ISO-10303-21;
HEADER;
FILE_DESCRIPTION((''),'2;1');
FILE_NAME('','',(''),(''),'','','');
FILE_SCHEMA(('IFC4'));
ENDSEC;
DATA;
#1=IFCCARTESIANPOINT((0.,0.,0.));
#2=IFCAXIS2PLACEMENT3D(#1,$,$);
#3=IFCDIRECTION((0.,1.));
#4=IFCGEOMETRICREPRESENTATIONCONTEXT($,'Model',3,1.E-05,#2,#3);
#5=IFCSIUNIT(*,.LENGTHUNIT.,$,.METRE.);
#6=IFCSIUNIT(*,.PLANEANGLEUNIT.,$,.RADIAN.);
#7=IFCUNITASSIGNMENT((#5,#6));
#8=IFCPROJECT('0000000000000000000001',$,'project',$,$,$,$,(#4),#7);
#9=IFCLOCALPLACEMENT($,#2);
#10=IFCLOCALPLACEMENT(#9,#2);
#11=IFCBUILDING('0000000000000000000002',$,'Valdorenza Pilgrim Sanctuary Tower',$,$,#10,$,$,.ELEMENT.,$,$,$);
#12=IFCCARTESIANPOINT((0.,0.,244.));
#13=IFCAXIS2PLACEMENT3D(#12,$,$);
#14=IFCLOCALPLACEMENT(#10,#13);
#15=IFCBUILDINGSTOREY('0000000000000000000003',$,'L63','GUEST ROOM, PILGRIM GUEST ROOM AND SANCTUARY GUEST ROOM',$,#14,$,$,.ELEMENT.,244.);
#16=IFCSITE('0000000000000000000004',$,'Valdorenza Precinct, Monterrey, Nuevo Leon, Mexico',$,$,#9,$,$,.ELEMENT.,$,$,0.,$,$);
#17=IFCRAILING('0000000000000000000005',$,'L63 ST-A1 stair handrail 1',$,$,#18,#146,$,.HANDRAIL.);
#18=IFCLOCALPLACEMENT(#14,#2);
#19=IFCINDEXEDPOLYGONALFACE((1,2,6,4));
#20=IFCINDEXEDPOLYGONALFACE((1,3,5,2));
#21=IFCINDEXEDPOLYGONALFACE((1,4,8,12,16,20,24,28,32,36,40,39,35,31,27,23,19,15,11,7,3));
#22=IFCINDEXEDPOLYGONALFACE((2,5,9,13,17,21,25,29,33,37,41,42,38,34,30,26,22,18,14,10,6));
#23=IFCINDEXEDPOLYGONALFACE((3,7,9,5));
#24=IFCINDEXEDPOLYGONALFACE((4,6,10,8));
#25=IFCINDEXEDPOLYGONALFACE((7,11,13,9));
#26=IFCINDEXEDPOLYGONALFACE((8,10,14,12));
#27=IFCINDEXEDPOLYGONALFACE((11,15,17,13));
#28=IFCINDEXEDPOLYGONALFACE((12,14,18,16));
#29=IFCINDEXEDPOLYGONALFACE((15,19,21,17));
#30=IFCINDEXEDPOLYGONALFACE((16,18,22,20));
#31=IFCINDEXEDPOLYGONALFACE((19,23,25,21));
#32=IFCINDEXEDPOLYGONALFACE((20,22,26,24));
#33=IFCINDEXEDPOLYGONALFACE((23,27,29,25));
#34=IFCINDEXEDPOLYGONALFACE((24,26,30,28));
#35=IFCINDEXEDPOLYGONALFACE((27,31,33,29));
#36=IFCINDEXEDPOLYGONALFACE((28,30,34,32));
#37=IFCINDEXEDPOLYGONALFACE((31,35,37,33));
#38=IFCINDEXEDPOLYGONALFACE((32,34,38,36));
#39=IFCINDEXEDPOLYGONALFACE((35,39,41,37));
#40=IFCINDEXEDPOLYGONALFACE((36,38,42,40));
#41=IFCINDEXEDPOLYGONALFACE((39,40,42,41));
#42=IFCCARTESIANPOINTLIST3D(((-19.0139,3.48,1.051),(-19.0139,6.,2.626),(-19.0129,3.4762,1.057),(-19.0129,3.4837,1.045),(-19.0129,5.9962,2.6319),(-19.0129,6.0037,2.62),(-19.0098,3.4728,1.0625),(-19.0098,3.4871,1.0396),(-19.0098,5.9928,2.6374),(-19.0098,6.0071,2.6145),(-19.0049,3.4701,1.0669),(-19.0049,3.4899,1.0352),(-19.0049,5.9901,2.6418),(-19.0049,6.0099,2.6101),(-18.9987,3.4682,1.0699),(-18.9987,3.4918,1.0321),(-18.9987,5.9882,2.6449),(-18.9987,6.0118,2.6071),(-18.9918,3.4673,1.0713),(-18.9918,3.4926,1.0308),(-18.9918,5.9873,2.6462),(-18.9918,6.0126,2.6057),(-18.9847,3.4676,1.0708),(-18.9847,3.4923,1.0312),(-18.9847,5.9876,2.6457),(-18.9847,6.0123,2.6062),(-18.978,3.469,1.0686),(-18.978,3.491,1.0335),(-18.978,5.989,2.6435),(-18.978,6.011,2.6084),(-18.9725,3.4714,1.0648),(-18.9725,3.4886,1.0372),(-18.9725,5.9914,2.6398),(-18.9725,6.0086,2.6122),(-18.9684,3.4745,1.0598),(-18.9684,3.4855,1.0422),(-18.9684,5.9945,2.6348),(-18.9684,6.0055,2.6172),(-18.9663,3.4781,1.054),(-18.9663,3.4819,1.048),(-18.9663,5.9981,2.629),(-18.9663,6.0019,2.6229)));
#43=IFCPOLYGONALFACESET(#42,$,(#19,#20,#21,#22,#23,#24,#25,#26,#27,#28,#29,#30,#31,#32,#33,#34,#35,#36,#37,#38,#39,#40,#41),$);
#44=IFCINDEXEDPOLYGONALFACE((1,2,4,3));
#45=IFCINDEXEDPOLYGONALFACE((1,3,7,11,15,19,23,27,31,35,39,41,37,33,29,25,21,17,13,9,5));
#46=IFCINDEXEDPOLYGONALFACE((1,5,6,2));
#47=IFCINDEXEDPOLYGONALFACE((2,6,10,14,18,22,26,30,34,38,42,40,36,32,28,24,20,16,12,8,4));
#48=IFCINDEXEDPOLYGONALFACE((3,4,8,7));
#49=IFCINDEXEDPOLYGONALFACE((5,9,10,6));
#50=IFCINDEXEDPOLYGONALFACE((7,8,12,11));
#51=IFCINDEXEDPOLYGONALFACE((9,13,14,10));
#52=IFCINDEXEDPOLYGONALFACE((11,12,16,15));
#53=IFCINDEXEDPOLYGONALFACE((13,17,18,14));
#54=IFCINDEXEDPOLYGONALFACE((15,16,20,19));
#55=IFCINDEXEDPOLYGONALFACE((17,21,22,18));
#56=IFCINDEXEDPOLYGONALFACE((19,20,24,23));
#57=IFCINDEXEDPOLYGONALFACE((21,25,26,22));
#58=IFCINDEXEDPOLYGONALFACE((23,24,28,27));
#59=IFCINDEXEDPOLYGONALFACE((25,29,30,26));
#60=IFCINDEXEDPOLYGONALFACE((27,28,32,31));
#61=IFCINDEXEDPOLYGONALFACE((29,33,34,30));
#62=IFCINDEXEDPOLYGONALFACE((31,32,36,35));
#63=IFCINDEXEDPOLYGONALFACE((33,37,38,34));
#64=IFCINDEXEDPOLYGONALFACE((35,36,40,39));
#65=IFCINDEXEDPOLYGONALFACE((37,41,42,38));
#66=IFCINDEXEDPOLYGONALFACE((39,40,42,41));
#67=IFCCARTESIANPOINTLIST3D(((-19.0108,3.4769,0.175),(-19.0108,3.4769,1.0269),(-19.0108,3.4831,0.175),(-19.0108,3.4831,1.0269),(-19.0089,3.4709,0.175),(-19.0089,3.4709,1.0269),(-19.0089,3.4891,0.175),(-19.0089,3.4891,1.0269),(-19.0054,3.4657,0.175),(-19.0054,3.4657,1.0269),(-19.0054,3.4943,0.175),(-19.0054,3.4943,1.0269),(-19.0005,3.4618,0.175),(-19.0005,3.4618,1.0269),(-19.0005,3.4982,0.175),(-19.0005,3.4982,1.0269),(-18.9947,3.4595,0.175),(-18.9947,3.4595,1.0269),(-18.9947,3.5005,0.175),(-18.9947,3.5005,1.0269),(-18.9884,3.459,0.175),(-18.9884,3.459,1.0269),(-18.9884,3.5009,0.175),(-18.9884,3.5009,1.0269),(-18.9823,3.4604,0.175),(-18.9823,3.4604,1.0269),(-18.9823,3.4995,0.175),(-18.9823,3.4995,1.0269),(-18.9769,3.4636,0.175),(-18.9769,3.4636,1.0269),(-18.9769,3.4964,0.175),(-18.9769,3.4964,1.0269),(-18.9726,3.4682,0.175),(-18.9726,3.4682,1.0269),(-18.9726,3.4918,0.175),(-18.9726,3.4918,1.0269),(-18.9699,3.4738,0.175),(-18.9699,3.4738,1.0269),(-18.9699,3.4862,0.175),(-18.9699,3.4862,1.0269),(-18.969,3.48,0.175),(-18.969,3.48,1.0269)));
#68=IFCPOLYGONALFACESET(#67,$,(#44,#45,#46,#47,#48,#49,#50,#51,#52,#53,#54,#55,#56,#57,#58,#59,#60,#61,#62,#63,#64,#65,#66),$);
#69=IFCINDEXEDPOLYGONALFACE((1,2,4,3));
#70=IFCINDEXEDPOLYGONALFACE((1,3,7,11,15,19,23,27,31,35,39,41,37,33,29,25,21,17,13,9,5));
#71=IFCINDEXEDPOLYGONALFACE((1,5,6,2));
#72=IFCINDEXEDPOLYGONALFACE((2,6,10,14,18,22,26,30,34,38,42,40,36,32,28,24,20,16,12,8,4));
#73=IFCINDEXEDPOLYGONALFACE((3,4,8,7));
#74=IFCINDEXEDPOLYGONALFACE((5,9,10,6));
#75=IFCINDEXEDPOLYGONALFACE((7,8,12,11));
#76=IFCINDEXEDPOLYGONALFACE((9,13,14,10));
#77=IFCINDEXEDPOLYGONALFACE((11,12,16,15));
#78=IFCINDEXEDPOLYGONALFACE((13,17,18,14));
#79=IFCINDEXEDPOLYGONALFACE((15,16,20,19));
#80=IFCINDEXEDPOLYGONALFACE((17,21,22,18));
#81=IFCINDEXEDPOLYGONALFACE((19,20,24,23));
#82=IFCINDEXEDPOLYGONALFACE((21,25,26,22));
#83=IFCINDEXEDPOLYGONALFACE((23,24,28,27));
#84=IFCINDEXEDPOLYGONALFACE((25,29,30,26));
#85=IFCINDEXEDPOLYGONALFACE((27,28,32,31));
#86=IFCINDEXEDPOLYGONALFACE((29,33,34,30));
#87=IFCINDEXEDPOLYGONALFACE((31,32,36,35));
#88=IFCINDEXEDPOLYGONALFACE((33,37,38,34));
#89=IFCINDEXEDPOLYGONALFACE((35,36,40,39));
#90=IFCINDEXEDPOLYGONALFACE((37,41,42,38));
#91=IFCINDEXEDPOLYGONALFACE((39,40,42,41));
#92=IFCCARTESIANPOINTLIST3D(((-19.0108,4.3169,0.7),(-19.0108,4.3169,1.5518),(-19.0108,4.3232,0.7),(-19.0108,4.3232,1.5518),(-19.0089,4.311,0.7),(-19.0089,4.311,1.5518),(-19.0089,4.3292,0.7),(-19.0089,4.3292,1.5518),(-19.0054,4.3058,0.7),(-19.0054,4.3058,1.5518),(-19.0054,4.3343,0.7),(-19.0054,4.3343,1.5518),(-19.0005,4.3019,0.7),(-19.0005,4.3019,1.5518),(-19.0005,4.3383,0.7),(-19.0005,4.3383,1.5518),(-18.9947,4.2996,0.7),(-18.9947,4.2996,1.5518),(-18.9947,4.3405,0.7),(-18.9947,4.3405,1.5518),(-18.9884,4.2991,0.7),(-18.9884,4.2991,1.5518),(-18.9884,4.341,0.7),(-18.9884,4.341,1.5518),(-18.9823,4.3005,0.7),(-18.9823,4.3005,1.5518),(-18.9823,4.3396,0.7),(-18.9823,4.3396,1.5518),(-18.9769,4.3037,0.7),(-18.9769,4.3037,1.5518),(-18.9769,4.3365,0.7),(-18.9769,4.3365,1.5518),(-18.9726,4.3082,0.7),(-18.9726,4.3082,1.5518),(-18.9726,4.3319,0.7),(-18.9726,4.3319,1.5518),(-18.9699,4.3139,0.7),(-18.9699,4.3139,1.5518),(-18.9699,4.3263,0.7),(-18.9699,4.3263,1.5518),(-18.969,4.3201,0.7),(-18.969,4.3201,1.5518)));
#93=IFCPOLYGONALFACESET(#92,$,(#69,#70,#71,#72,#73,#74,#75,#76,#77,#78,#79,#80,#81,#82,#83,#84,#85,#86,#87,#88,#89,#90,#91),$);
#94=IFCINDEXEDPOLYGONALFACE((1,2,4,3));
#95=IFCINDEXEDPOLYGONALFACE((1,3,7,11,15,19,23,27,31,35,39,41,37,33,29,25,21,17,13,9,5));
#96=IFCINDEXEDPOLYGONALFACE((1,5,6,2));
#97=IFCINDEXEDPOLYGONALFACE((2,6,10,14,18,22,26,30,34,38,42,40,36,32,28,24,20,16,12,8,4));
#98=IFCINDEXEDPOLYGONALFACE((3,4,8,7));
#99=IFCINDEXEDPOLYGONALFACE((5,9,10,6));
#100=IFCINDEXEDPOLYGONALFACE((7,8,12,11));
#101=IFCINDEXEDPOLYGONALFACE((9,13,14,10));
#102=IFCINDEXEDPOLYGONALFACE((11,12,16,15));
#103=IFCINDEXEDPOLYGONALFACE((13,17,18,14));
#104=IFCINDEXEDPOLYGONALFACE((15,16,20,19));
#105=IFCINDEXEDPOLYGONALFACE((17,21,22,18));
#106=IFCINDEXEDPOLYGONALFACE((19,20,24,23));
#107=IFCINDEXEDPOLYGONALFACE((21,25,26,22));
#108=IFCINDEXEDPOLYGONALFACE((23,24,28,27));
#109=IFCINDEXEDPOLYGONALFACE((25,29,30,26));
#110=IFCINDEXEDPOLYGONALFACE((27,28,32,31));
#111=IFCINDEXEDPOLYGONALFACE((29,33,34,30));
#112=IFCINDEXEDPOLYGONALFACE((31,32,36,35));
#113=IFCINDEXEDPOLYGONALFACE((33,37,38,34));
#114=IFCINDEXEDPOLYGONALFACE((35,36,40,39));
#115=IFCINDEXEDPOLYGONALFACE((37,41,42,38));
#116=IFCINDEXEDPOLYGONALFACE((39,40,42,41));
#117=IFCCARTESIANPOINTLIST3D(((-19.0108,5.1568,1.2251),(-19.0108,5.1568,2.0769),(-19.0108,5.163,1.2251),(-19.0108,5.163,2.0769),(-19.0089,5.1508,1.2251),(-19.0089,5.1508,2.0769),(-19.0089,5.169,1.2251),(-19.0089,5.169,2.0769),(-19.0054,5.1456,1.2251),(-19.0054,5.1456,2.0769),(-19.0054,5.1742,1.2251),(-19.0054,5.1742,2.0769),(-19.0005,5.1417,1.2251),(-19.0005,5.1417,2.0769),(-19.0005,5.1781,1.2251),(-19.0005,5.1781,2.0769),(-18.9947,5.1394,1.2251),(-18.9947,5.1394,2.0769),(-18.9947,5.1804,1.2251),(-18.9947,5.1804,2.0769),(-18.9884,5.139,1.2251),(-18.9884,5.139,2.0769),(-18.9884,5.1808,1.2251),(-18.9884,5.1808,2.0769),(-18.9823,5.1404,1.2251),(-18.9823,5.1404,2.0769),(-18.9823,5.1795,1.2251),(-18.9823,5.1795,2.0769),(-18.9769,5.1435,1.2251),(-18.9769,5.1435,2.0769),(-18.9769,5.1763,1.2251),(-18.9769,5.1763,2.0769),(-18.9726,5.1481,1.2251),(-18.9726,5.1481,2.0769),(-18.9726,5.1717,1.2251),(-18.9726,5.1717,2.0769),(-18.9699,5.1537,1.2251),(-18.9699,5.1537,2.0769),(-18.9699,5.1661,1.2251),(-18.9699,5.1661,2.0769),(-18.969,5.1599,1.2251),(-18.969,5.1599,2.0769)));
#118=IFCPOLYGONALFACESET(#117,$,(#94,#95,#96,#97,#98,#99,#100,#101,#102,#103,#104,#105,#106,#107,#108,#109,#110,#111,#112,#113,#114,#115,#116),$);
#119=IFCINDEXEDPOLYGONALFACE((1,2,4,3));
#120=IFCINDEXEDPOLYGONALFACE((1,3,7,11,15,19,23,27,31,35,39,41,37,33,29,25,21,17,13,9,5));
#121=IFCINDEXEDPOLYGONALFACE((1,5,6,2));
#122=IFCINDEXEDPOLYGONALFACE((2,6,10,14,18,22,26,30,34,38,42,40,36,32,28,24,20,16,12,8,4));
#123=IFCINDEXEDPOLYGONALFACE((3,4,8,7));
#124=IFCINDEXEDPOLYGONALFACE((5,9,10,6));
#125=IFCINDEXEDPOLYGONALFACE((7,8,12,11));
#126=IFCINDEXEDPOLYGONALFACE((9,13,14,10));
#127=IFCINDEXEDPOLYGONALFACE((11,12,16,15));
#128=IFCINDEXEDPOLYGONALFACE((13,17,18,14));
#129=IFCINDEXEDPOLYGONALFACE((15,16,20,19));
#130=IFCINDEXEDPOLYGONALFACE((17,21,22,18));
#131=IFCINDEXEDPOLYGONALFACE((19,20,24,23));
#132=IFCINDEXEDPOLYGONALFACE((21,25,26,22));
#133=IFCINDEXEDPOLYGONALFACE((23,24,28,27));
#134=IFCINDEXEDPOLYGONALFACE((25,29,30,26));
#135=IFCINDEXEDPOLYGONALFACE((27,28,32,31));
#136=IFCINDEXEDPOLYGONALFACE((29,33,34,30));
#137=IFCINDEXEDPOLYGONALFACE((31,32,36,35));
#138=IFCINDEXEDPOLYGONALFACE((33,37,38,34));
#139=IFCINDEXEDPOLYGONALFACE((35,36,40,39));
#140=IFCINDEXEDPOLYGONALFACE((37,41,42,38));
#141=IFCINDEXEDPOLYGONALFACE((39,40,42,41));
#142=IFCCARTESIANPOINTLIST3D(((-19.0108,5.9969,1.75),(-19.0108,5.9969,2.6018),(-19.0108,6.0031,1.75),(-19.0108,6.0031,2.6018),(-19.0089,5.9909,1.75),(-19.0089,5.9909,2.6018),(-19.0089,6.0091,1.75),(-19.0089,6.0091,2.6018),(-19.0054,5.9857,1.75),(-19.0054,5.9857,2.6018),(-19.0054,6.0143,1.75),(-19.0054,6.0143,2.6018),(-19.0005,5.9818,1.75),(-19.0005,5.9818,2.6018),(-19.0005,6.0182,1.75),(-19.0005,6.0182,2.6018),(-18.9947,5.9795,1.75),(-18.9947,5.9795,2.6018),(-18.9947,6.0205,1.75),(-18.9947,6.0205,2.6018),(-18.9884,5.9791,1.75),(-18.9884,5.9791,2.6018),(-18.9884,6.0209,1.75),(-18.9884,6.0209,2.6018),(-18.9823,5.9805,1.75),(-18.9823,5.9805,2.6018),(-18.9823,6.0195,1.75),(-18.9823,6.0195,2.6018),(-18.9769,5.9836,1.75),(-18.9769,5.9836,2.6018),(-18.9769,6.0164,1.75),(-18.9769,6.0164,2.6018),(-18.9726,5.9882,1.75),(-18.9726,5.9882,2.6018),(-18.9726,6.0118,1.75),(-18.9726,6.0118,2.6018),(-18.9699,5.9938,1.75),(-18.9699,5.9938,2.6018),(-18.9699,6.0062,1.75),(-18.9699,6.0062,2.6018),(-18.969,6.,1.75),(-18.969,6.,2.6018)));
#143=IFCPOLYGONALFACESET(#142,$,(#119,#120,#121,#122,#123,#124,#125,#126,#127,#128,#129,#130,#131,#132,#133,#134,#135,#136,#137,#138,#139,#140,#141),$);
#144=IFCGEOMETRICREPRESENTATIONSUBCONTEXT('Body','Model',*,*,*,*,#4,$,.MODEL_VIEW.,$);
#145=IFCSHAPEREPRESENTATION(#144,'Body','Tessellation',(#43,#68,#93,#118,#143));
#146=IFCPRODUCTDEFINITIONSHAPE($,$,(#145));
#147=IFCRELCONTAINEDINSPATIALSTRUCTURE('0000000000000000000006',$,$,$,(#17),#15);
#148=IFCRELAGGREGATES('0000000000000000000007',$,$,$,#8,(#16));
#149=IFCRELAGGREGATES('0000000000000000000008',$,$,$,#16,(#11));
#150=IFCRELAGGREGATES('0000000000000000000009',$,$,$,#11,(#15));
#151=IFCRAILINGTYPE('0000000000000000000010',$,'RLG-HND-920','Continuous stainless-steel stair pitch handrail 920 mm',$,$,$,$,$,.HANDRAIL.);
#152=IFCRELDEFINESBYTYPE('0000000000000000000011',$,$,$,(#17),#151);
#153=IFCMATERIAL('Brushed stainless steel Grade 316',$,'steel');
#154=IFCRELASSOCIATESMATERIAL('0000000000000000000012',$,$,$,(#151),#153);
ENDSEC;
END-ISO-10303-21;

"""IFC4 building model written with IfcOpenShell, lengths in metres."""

from ifc_helpers import new_model, si_unit, direction, frame, origin, origin_2d, place, context, subcontext, project, spatial, circle, extrude, material, type_object, element, save


model = new_model("IFC4")

# Units and contexts
model_context = context("Model", 3, precision=1e-05, world=origin(), true_north=direction((0.0, 1.0)))
body_context = subcontext(model_context, "Body", "Model", "MODEL_VIEW")
ifc_project = project(units=[si_unit("LENGTHUNIT", "METRE"), si_unit("PLANEANGLEUNIT", "RADIAN")], contexts=[model_context])

# Site, building, storey
site_placement = place(None, origin())
site = spatial("IfcSite", under=ifc_project, at=site_placement, Name="Valdorenza Precinct, Monterrey, Nuevo Leon, Mexico", CompositionType="ELEMENT", RefElevation=0.0)
building_placement = place(site_placement, origin())
building = spatial("IfcBuilding", under=site, at=building_placement, Name="Valdorenza Pilgrim Sanctuary Tower", CompositionType="ELEMENT")
storey_placement = place(building_placement, frame((0.0, 0.0, 244.0)))
storey = spatial("IfcBuildingStorey", under=building, at=storey_placement, Name="L63", Description="GUEST ROOM, PILGRIM GUEST ROOM AND SANCTUARY GUEST ROOM", CompositionType="ELEMENT", Elevation=244.0)

# Shared definitions
ifc_material_1 = material(Name="Brushed stainless steel Grade 316", Category="steel")

# Railing
railing_type_1 = type_object("IfcRailingType", Name="RLG-HND-920", Description="Continuous stainless-steel stair pitch handrail 920 mm", PredefinedType="HANDRAIL", material=ifc_material_1)
railing_1_placement = place(storey_placement, frame((-18.99, 3.48, 0.175)))
element("IfcRailing", 1, at=railing_1_placement, inside=storey, type_object=railing_type_1, Name="L63 ST-A1 stair handrail 1", PredefinedType="HANDRAIL", context=body_context, shape_type="SweptSolid", body=[
    extrude(circle(Radius=0.0239, at=origin_2d()), frame((0.0, 0.0, 0.876), z_axis=(0.0, 0.848008, 0.529984), x_axis=(-1.0, 0.0, 0.0)), (0.0, 0.0, 1.0), 2.9717),
    extrude(circle(Radius=0.021, at=origin_2d()), origin(), (0.0, 0.0, 1.0), 0.8518),
    extrude(circle(Radius=0.021, at=origin_2d()), frame((0.0, 0.8401, 0.5249)), (0.0, 0.0, 1.0), 0.8518),
    extrude(circle(Radius=0.021, at=origin_2d()), frame((0.0, 1.6799, 1.05)), (0.0, 0.0, 1.0), 0.8518),
    extrude(circle(Radius=0.021, at=origin_2d()), frame((0.0, 2.52, 1.575)), (0.0, 0.0, 1.0), 0.8518),
])

save(model, "model.ifc")
